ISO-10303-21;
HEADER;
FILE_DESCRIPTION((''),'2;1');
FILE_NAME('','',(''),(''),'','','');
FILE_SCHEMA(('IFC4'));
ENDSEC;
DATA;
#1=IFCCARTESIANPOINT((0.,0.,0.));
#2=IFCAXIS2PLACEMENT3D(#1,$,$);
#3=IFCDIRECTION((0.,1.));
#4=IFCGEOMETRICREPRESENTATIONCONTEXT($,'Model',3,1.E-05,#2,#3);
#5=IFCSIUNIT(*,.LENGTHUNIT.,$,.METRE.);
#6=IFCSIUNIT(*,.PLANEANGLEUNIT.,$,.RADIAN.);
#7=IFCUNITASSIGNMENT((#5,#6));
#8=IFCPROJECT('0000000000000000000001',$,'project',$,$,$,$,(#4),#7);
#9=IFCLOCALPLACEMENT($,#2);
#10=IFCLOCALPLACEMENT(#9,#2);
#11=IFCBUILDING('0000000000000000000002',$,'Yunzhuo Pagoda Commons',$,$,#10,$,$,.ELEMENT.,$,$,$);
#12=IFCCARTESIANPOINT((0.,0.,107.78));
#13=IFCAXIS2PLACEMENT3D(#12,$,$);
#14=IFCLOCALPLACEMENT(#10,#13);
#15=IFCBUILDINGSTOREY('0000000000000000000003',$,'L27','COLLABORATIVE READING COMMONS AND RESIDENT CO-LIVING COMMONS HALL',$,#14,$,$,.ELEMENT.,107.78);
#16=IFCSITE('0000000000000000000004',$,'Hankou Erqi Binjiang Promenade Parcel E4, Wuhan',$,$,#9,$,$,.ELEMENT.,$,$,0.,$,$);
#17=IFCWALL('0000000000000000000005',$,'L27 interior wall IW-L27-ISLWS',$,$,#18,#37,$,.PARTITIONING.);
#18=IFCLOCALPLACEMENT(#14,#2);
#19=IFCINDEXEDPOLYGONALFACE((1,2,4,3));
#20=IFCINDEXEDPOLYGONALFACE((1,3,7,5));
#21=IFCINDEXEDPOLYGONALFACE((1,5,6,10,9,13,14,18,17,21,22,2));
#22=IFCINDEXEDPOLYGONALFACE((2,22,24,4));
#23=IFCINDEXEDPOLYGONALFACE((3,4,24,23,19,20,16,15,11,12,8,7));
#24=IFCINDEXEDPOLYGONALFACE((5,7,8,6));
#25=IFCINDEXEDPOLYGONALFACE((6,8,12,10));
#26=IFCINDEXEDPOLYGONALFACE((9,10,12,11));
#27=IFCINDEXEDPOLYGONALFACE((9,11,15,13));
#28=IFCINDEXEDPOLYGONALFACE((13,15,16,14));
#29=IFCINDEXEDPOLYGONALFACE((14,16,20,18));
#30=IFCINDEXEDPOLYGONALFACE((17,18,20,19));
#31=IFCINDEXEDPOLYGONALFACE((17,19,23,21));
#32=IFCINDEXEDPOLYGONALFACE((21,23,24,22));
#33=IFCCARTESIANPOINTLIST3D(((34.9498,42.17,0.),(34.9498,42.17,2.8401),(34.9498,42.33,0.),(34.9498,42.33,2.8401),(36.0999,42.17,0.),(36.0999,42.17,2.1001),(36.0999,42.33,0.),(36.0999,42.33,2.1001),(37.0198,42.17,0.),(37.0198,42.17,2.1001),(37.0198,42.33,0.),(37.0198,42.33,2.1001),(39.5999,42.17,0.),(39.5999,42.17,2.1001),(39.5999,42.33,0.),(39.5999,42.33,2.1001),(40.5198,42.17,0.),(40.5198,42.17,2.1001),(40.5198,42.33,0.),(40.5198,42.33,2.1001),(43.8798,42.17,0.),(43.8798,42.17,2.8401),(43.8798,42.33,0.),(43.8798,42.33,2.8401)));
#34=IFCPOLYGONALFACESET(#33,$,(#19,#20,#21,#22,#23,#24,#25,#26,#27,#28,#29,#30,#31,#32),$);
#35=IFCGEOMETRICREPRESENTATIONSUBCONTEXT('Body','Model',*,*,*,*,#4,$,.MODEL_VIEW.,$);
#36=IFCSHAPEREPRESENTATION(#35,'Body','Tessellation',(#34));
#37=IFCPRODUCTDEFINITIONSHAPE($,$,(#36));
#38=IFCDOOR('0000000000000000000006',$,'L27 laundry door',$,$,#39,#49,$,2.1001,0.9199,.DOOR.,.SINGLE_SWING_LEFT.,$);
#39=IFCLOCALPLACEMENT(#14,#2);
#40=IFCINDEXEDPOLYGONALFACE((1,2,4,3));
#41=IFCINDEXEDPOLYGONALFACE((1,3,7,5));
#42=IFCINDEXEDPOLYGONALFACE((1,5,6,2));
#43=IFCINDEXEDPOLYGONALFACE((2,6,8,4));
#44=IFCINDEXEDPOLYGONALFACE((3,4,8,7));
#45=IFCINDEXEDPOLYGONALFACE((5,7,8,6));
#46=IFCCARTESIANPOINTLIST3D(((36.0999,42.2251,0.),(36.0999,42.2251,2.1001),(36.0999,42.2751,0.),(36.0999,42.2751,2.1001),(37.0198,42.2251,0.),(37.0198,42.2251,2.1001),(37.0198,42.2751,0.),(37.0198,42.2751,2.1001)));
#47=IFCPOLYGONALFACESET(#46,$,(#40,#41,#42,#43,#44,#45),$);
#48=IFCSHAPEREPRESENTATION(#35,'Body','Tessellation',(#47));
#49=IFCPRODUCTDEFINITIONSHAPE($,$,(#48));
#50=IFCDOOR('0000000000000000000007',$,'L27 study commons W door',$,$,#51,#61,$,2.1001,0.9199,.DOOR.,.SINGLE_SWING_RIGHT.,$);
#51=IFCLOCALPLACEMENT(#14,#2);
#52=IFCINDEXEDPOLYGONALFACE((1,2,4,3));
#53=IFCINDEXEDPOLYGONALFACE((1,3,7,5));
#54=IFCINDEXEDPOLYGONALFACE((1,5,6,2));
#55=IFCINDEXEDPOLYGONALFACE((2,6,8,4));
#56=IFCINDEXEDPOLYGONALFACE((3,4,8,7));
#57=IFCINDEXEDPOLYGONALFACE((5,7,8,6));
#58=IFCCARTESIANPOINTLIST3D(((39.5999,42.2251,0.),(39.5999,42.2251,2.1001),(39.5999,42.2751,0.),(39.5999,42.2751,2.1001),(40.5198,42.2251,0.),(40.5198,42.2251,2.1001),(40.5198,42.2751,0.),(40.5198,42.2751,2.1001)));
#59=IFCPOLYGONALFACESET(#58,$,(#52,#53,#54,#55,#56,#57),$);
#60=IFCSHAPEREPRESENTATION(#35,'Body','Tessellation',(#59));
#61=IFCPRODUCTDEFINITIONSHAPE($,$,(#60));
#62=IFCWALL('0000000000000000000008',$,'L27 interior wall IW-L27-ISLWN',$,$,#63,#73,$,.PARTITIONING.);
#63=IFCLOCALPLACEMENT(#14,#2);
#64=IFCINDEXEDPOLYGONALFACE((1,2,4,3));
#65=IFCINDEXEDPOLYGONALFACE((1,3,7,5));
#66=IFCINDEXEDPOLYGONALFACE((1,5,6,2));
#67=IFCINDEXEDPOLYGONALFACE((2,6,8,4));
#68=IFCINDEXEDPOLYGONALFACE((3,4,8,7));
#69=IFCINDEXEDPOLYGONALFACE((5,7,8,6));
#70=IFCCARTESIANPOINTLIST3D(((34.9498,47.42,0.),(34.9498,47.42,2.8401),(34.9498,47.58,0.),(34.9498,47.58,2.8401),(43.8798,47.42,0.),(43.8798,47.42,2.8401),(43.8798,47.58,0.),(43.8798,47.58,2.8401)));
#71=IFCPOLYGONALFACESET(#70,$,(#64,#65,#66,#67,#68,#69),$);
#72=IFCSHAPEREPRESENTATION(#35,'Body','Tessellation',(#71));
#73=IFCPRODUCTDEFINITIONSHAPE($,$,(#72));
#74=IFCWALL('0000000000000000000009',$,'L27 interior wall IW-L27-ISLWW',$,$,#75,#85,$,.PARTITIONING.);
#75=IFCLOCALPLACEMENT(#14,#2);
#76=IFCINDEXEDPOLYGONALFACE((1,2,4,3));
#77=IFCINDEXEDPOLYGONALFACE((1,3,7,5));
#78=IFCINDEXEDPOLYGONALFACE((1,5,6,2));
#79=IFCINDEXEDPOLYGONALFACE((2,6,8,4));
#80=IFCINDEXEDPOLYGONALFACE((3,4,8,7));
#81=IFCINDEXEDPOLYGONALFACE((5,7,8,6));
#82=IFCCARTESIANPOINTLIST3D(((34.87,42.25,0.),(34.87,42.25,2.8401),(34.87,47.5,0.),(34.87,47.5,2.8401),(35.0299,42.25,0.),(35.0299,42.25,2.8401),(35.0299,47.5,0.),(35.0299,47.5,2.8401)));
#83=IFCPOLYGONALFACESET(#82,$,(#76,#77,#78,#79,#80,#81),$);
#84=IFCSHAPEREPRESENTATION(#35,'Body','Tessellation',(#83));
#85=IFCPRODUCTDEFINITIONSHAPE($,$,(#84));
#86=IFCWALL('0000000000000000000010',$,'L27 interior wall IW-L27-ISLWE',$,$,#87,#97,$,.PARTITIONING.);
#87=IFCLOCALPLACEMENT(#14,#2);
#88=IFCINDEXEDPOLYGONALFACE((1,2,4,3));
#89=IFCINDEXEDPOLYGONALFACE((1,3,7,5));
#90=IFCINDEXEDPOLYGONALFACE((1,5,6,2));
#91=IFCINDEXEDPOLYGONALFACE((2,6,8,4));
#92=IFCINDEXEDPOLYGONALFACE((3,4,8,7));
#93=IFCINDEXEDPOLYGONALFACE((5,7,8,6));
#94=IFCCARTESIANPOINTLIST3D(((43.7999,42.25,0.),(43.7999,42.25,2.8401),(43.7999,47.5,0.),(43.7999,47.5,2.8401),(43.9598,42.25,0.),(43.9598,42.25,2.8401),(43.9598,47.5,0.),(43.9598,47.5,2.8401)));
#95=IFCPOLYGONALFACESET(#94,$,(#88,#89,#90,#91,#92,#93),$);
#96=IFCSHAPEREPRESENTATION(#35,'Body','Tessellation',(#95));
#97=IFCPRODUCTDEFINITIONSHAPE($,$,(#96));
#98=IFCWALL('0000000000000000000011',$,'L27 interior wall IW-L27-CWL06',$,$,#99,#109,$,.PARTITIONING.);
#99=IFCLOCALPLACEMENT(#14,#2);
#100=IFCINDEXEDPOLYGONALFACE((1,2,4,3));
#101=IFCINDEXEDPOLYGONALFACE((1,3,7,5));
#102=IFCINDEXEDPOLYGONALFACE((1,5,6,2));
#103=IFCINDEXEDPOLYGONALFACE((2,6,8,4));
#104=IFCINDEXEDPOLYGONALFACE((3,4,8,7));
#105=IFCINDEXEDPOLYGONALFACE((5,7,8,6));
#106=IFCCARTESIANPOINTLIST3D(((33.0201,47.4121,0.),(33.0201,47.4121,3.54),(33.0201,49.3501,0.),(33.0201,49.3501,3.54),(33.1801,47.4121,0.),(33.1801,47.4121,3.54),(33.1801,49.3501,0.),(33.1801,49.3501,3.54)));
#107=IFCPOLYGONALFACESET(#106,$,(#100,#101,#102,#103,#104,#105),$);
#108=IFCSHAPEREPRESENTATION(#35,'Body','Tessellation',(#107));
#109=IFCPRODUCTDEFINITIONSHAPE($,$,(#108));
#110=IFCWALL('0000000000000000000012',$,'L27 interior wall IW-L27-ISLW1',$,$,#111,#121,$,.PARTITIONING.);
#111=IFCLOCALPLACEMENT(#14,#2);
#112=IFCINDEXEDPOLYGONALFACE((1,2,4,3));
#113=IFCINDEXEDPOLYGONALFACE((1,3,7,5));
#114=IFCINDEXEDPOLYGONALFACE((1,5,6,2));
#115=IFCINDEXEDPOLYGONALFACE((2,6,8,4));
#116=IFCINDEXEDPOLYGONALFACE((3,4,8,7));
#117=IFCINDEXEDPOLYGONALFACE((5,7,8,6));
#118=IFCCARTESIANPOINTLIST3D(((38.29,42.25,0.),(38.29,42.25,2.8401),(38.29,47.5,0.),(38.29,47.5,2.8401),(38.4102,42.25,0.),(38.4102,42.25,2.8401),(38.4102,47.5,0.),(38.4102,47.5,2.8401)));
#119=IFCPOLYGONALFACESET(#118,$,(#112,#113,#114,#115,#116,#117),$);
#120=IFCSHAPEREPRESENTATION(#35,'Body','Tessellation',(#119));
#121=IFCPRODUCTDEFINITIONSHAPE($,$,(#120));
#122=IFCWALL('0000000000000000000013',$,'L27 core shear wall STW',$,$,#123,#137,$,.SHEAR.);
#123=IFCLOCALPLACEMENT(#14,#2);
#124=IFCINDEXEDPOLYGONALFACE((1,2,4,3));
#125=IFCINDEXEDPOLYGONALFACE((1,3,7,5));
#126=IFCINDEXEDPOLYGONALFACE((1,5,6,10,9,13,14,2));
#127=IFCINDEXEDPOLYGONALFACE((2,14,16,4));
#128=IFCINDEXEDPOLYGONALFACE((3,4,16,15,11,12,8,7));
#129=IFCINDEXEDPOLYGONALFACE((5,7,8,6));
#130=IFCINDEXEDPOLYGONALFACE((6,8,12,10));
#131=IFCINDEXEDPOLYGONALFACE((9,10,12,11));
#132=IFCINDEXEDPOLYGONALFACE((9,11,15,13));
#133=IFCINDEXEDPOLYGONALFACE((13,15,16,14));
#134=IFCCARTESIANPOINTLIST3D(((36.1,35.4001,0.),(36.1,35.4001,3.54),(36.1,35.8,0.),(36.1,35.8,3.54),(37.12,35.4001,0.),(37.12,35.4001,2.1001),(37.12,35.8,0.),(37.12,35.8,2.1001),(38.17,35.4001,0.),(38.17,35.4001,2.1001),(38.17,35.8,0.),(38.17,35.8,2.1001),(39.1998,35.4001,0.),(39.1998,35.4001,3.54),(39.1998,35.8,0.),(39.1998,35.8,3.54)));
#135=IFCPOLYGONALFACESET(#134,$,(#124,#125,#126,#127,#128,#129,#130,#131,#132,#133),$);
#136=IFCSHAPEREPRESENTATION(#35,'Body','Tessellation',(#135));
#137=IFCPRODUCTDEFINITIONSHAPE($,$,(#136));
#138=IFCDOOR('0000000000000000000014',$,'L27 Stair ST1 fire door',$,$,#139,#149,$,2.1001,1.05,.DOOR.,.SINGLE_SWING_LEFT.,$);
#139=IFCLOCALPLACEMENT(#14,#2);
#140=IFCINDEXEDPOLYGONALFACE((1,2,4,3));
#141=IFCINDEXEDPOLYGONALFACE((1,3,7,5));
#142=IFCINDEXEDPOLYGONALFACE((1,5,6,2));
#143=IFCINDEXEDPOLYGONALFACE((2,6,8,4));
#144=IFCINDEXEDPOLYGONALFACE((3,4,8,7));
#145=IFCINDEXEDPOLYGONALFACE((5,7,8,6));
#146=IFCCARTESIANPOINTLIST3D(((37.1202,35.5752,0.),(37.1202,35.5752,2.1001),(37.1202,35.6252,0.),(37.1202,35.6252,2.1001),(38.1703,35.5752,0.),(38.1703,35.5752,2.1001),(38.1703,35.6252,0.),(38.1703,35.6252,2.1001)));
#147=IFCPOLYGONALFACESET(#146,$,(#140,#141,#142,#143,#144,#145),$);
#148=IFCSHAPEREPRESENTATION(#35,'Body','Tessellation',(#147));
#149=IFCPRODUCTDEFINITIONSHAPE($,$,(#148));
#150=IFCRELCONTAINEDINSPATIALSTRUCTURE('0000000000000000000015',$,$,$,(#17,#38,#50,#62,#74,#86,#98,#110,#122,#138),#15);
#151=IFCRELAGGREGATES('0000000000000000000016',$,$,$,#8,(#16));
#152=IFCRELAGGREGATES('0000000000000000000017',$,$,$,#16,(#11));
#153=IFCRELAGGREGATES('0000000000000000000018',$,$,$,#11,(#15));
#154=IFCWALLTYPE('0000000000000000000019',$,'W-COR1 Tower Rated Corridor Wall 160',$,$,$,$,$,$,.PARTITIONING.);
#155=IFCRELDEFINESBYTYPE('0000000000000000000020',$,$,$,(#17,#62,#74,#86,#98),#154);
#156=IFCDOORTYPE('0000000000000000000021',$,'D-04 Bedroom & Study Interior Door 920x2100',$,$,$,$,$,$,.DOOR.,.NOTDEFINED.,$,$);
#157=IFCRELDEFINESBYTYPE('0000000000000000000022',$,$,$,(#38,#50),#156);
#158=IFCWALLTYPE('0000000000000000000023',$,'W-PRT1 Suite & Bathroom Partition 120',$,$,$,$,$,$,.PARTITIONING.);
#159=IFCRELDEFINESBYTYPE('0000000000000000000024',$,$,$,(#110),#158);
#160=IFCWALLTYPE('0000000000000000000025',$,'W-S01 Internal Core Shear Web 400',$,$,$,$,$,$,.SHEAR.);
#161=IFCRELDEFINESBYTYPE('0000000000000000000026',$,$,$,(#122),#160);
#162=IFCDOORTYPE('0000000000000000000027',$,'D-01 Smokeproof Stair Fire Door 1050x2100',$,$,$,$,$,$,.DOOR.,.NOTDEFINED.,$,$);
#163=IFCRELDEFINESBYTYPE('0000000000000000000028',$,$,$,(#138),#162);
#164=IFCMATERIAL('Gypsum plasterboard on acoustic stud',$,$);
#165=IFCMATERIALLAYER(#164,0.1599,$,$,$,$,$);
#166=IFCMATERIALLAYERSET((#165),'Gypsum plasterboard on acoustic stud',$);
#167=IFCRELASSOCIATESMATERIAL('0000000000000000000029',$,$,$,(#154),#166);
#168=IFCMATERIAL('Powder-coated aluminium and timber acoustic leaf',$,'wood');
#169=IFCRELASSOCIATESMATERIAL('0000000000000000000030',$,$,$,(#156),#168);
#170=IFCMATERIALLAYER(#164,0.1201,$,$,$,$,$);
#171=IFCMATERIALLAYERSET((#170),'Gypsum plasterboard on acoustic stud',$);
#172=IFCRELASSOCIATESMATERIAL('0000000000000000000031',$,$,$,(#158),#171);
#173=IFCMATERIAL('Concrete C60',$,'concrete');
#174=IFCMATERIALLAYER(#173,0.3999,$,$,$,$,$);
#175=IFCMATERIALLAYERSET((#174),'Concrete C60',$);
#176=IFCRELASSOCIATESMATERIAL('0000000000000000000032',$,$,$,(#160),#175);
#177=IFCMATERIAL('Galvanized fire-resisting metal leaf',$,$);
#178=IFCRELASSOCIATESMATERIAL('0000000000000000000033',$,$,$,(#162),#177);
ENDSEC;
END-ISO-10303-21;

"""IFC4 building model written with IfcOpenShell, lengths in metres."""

from ifc_helpers import new_model, si_unit, direction, frame, frame_2d, origin, place, context, subcontext, project, spatial, rectangle, extrude, source, transform, mapped, material, layer, layer_set, type_object, element, fill, save


model = new_model("IFC4")

# Units and contexts
model_context = context("Model", 3, precision=1e-05, world=origin(), true_north=direction((0.0, 1.0)))
body_context = subcontext(model_context, "Body", "Model", "MODEL_VIEW")
ifc_project = project(units=[si_unit("LENGTHUNIT", "METRE"), si_unit("PLANEANGLEUNIT", "RADIAN")], contexts=[model_context])

# Site, building, storey
site_placement = place(None, origin())
site = spatial("IfcSite", under=ifc_project, at=site_placement, Name="Hankou Erqi Binjiang Promenade Parcel E4, Wuhan", CompositionType="ELEMENT", RefElevation=0.0)
building_placement = place(site_placement, origin())
building = spatial("IfcBuilding", under=site, at=building_placement, Name="Yunzhuo Pagoda Commons", CompositionType="ELEMENT")
storey_placement = place(building_placement, frame((0.0, 0.0, 107.78)))
storey = spatial("IfcBuildingStorey", under=building, at=storey_placement, Name="L27", Description="COLLABORATIVE READING COMMONS AND RESIDENT CO-LIVING COMMONS HALL", CompositionType="ELEMENT", Elevation=107.78)

# Shared definitions
ifc_material_1 = material(Name="Concrete C60", Category="concrete")
ifc_material_2 = material(Name="Galvanized fire-resisting metal leaf")
shared_shape_1 = source(origin(), body_context, "Body", "SweptSolid", [
    extrude(rectangle(XDim=1.05, YDim=2.1001, at=frame_2d((0.5249, 1.05))), frame((0.0, 0.0249, 0.0), z_axis=(0.0, -1.0, 0.0), x_axis=(1.0, 0.0, 0.0)), (0.0, 0.0, 1.0), 0.05),
])

# Wall, openings, doors
ifc_material_3 = material(Name="Gypsum plasterboard on acoustic stud")
ifc_layer_1 = layer(ifc_material_3, 0.1599)
ifc_layer_set_1 = layer_set([ifc_layer_1], Name="Gypsum plasterboard on acoustic stud")
wall_type_1 = type_object("IfcWallType", Name="W-COR1 Tower Rated Corridor Wall 160", PredefinedType="PARTITIONING", material=ifc_layer_set_1)
wall_1_placement = place(storey_placement, frame((34.95, 42.25, 0.0), z_axis=(0.0, 0.0, 1.0), x_axis=(1.0, 0.0, 0.0)))
wall_1 = element("IfcWall", 1, at=wall_1_placement, inside=storey, type_object=wall_type_1, Name="L27 interior wall IW-L27-ISLWS", PredefinedType="PARTITIONING", context=body_context, shape_type="SweptSolid", body=[
    extrude(rectangle(XDim=8.9299, YDim=0.1599, at=frame_2d((4.4648, 0.0))), origin(), (0.0, 0.0, 1.0), 2.8401),
])
opening_1_placement = place(wall_1_placement, frame((1.1499, 0.0, 0.0)))
opening_1 = element("IfcOpeningElement", 2, at=opening_1_placement, cuts=wall_1, PredefinedType="OPENING", context=body_context, shape_type="SweptSolid", body=[
    extrude(rectangle(XDim=0.9199, YDim=2.1001, at=frame_2d((0.46, 1.05))), frame((0.0, 0.0898, 0.0), z_axis=(0.0, -1.0, 0.0), x_axis=(1.0, 0.0, 0.0)), (0.0, 0.0, 1.0), 0.1799),
])
opening_2_placement = place(wall_1_placement, frame((4.6499, 0.0, 0.0)))
opening_2 = element("IfcOpeningElement", 3, at=opening_2_placement, cuts=wall_1, PredefinedType="OPENING", context=body_context, shape_type="SweptSolid", body=[
    extrude(rectangle(XDim=0.9199, YDim=2.1001, at=frame_2d((0.46, 1.05))), frame((0.0, 0.0898, 0.0), z_axis=(0.0, -1.0, 0.0), x_axis=(1.0, 0.0, 0.0)), (0.0, 0.0, 1.0), 0.1799),
])
ifc_material_4 = material(Name="Powder-coated aluminium and timber acoustic leaf", Category="wood")
door_type_1 = type_object("IfcDoorType", Name="D-04 Bedroom & Study Interior Door 920x2100", OperationType="NOTDEFINED", PredefinedType="DOOR", material=ifc_material_4)
shared_shape_2 = source(origin(), body_context, "Body", "SweptSolid", [
    extrude(rectangle(XDim=0.9199, YDim=2.1001, at=frame_2d((0.46, 1.05))), frame((0.0, 0.0249, 0.0), z_axis=(0.0, -1.0, 0.0), x_axis=(1.0, 0.0, 0.0)), (0.0, 0.0, 1.0), 0.05),
])
door_1_placement = place(opening_1_placement, frame((0.9199, 0.0, 0.0), z_axis=(0.0, 0.0, 1.0), x_axis=(-1.0, 0.0, 0.0)))
door_1 = element("IfcDoor", 4, at=door_1_placement, inside=storey, type_object=door_type_1, Name="L27 laundry door", OperationType="SINGLE_SWING_LEFT", OverallHeight=2.1001, OverallWidth=0.9199, PredefinedType="DOOR", context=body_context, shape_type="MappedRepresentation", body=[
    mapped(shared_shape_2, transform((0.0, 0.0, 0.0), scale=1.0)),
])
fill(opening_1, door_1)
door_2_placement = place(opening_2_placement, frame((0.9199, 0.0, 0.0), z_axis=(0.0, 0.0, 1.0), x_axis=(-1.0, 0.0, 0.0)))
door_2 = element("IfcDoor", 5, at=door_2_placement, inside=storey, type_object=door_type_1, Name="L27 study commons W door", OperationType="SINGLE_SWING_RIGHT", OverallHeight=2.1001, OverallWidth=0.9199, PredefinedType="DOOR", context=body_context, shape_type="MappedRepresentation", body=[
    mapped(shared_shape_2, transform((0.0, 0.0, 0.0), scale=1.0)),
])
fill(opening_2, door_2)

# Walls
wall_2_placement = place(storey_placement, frame((34.95, 47.5, 0.0), z_axis=(0.0, 0.0, 1.0), x_axis=(1.0, 0.0, 0.0)))
element("IfcWall", 6, at=wall_2_placement, inside=storey, type_object=wall_type_1, Name="L27 interior wall IW-L27-ISLWN", PredefinedType="PARTITIONING", context=body_context, shape_type="SweptSolid", body=[
    extrude(rectangle(XDim=8.9299, YDim=0.1599, at=frame_2d((4.4648, 0.0))), origin(), (0.0, 0.0, 1.0), 2.8401),
])
for number, where, z_axis, x_axis, name in (
    (7, (34.95, 42.25, 0.0), (0.0, 0.0, 1.0), (0.0, 1.0, 0.0), "L27 interior wall IW-L27-ISLWW"),
    (8, (43.8799, 42.25, 0.0), (0.0, 0.0, 1.0), (0.0, 1.0, 0.0), "L27 interior wall IW-L27-ISLWE"),
):
    element("IfcWall", number, at=place(storey_placement, frame(where, z_axis=z_axis, x_axis=x_axis)), inside=storey, type_object=wall_type_1, Name=name, PredefinedType="PARTITIONING", context=body_context, shape_type="SweptSolid", body=[
        extrude(rectangle(XDim=5.25, YDim=0.1599, at=frame_2d((2.625, 0.0))), origin(), (0.0, 0.0, 1.0), 2.8401),
    ])
wall_3_placement = place(storey_placement, frame((33.1001, 47.4121, 0.0), z_axis=(0.0, 0.0, 1.0), x_axis=(0.0, 1.0, 0.0)))
element("IfcWall", 9, at=wall_3_placement, inside=storey, type_object=wall_type_1, Name="L27 interior wall IW-L27-CWL06", PredefinedType="PARTITIONING", context=body_context, shape_type="SweptSolid", body=[
    extrude(rectangle(XDim=1.938, YDim=0.1599, at=frame_2d((0.969, 0.0))), origin(), (0.0, 0.0, 1.0), 3.54),
])
ifc_layer_2 = layer(ifc_material_3, 0.1201)
ifc_layer_set_2 = layer_set([ifc_layer_2], Name="Gypsum plasterboard on acoustic stud")
wall_type_2 = type_object("IfcWallType", Name="W-PRT1 Suite & Bathroom Partition 120", PredefinedType="PARTITIONING", material=ifc_layer_set_2)
wall_4_placement = place(storey_placement, frame((38.3501, 42.25, 0.0), z_axis=(0.0, 0.0, 1.0), x_axis=(0.0, 1.0, 0.0)))
element("IfcWall", 10, at=wall_4_placement, inside=storey, type_object=wall_type_2, Name="L27 interior wall IW-L27-ISLW1", PredefinedType="PARTITIONING", context=body_context, shape_type="SweptSolid", body=[
    extrude(rectangle(XDim=5.25, YDim=0.1201, at=frame_2d((2.625, 0.0))), origin(), (0.0, 0.0, 1.0), 2.8401),
])

# Wall, opening, door
ifc_layer_3 = layer(ifc_material_1, 0.3999)
ifc_layer_set_3 = layer_set([ifc_layer_3], Name="Concrete C60")
wall_type_3 = type_object("IfcWallType", Name="W-S01 Internal Core Shear Web 400", PredefinedType="SHEAR", material=ifc_layer_set_3)
wall_5_placement = place(storey_placement, frame((36.1001, 35.6001, 0.0), z_axis=(0.0, 0.0, 1.0), x_axis=(1.0, 0.0, 0.0)))
wall_5 = element("IfcWall", 11, at=wall_5_placement, inside=storey, type_object=wall_type_3, Name="L27 core shear wall STW", PredefinedType="SHEAR", context=body_context, shape_type="SweptSolid", body=[
    extrude(rectangle(XDim=3.0999, YDim=0.3999, at=frame_2d((1.5498, 0.0))), origin(), (0.0, 0.0, 1.0), 3.54),
])
opening_3_placement = place(wall_5_placement, frame((1.02, 0.0, 0.0)))
opening_3 = element("IfcOpeningElement", 12, at=opening_3_placement, cuts=wall_5, PredefinedType="OPENING", context=body_context, shape_type="SweptSolid", body=[
    extrude(rectangle(XDim=1.05, YDim=2.1001, at=frame_2d((0.5249, 1.05))), frame((0.0, 0.21, 0.0), z_axis=(0.0, -1.0, 0.0), x_axis=(1.0, 0.0, 0.0)), (0.0, 0.0, 1.0), 0.4199),
])
door_type_2 = type_object("IfcDoorType", Name="D-01 Smokeproof Stair Fire Door 1050x2100", OperationType="NOTDEFINED", PredefinedType="DOOR", material=ifc_material_2)
door_3_placement = place(opening_3_placement, frame((1.05, 0.0, 0.0), z_axis=(0.0, 0.0, 1.0), x_axis=(-1.0, 0.0, 0.0)))
door_3 = element("IfcDoor", 13, at=door_3_placement, inside=storey, type_object=door_type_2, Name="L27 Stair ST1 fire door", OperationType="SINGLE_SWING_LEFT", OverallHeight=2.1001, OverallWidth=1.05, PredefinedType="DOOR", context=body_context, shape_type="MappedRepresentation", body=[
    mapped(shared_shape_1, transform((0.0, 0.0, 0.0), scale=1.0)),
])
fill(opening_3, door_3)

save(model, "model.ifc")
